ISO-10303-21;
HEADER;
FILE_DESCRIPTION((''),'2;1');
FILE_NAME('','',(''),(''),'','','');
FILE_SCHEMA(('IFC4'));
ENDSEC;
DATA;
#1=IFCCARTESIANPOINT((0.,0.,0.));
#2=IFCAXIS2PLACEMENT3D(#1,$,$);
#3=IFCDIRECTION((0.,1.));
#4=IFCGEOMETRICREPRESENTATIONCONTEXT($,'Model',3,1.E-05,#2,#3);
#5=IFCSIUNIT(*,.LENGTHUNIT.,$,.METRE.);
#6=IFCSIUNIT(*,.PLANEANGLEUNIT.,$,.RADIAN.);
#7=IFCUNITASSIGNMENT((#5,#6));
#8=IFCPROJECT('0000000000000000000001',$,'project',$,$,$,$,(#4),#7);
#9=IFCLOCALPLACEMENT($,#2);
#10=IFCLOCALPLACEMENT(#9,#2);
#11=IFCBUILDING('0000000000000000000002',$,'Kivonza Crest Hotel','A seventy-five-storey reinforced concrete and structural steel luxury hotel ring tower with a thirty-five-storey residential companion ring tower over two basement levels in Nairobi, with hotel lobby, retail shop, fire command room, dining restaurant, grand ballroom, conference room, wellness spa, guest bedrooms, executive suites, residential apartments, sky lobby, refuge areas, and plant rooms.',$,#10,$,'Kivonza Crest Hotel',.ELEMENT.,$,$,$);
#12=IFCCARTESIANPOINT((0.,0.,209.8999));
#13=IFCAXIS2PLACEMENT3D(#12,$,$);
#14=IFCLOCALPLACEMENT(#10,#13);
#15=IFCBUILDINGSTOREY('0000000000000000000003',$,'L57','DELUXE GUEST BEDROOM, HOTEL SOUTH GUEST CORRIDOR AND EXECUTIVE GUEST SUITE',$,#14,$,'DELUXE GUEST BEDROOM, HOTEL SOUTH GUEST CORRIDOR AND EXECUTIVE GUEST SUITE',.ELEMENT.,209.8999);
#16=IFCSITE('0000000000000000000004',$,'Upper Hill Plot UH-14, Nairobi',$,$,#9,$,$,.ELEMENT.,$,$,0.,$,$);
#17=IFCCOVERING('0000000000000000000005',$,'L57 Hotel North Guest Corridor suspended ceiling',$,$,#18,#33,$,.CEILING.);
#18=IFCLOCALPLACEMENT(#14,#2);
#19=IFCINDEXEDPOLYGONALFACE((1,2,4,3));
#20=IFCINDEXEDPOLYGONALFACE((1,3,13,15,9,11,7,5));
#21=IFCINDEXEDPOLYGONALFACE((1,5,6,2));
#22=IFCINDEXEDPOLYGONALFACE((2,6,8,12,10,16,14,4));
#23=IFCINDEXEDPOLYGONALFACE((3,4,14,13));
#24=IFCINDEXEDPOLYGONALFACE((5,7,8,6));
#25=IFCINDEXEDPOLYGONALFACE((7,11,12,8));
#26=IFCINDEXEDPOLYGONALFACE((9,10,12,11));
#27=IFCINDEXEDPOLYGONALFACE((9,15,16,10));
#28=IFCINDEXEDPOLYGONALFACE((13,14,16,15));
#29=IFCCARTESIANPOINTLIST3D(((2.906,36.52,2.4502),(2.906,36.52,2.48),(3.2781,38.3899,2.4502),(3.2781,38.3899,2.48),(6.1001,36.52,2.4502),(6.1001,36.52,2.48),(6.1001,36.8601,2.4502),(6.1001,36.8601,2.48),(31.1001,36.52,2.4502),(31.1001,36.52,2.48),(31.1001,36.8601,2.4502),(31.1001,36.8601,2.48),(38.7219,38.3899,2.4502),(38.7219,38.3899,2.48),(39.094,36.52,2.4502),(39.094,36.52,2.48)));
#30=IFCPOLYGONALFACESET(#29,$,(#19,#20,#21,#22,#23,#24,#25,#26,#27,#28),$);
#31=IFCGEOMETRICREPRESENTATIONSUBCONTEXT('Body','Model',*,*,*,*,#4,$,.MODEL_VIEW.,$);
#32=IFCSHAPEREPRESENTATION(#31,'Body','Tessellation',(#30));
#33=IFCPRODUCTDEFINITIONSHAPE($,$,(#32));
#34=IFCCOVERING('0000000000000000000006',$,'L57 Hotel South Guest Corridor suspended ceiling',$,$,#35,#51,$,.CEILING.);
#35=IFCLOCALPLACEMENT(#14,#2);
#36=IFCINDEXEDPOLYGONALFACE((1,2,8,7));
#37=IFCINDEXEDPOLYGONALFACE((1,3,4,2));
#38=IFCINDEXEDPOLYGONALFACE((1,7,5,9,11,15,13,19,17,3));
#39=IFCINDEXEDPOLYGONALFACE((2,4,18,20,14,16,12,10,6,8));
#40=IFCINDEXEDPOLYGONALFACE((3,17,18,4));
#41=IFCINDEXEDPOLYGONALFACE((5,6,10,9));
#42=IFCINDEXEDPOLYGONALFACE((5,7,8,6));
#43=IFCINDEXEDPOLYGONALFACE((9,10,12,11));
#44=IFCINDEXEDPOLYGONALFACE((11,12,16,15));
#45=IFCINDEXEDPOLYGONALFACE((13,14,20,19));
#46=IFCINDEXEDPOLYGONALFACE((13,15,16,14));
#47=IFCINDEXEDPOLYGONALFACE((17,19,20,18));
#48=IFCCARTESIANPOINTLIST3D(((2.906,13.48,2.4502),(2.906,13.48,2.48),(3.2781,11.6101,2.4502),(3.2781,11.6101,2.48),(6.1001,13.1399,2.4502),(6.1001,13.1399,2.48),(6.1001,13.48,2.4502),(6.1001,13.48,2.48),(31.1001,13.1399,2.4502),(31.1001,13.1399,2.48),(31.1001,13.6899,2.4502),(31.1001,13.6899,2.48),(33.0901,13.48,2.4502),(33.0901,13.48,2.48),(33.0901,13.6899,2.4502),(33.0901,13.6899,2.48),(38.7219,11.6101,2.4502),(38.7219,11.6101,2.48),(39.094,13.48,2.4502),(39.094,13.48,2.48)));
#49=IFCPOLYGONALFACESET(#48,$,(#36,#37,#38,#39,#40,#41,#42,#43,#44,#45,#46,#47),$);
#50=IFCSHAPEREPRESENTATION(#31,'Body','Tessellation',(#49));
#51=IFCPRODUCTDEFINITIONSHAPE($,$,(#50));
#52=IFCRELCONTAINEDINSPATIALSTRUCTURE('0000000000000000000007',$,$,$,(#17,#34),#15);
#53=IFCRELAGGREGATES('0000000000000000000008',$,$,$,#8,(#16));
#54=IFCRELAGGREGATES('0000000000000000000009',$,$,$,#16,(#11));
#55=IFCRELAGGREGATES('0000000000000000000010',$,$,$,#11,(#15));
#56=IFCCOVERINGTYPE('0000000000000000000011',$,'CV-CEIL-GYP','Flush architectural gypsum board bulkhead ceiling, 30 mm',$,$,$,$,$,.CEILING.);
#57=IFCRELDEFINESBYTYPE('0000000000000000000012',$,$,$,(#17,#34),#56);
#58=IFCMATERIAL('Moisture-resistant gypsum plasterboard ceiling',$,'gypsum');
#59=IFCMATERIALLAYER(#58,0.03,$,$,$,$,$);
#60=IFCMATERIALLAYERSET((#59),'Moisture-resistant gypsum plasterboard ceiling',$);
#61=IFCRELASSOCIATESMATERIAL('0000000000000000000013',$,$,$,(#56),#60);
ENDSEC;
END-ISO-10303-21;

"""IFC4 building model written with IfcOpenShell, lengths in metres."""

from ifc_helpers import new_model, si_unit, direction, frame, origin, place, context, subcontext, project, spatial, polyline, outline, extrude, material, layer, layer_set, type_object, element, save


model = new_model("IFC4")

# Units and contexts
model_context = context("Model", 3, precision=1e-05, world=origin(), true_north=direction((0.0, 1.0)))
body_context = subcontext(model_context, "Body", "Model", "MODEL_VIEW")
ifc_project = project(units=[si_unit("LENGTHUNIT", "METRE"), si_unit("PLANEANGLEUNIT", "RADIAN")], contexts=[model_context])

# Site, building, storey
site_placement = place(None, origin())
site = spatial("IfcSite", under=ifc_project, at=site_placement, Name="Upper Hill Plot UH-14, Nairobi", CompositionType="ELEMENT", RefElevation=0.0)
building_placement = place(site_placement, origin())
building = spatial("IfcBuilding", under=site, at=building_placement, Name="Kivonza Crest Hotel", Description="A seventy-five-storey reinforced concrete and structural steel luxury hotel ring tower with a thirty-five-storey residential companion ring tower over two basement levels in Nairobi, with hotel lobby, retail shop, fire command room, dining restaurant, grand ballroom, conference room, wellness spa, guest bedrooms, executive suites, residential apartments, sky lobby, refuge areas, and plant rooms.", LongName="Kivonza Crest Hotel", CompositionType="ELEMENT")
storey_placement = place(building_placement, frame((0.0, 0.0, 209.8999)))
storey = spatial("IfcBuildingStorey", under=building, at=storey_placement, Name="L57", Description="DELUXE GUEST BEDROOM, HOTEL SOUTH GUEST CORRIDOR AND EXECUTIVE GUEST SUITE", LongName="DELUXE GUEST BEDROOM, HOTEL SOUTH GUEST CORRIDOR AND EXECUTIVE GUEST SUITE", CompositionType="ELEMENT", Elevation=209.8999)

# Coverings
ifc_material_1 = material(Name="Moisture-resistant gypsum plasterboard ceiling", Category="gypsum")
ifc_layer_1 = layer(ifc_material_1, 0.03)
ifc_layer_set_1 = layer_set([ifc_layer_1], Name="Moisture-resistant gypsum plasterboard ceiling")
covering_type = type_object("IfcCoveringType", Name="CV-CEIL-GYP", Description="Flush architectural gypsum board bulkhead ceiling, 30 mm", PredefinedType="CEILING", material=ifc_layer_set_1)
covering_1_placement = place(storey_placement, frame((0.0, 0.0, 2.4502)))
element("IfcCovering", 1, at=covering_1_placement, inside=storey, type_object=covering_type, Name="L57 Hotel North Guest Corridor suspended ceiling", PredefinedType="CEILING", context=body_context, shape_type="SweptSolid", body=[
    extrude(outline(polyline([(3.2781, 38.3899), (2.906, 36.52), (6.1001, 36.52), (6.1001, 36.8601), (31.1001, 36.8601), (31.1001, 36.52), (39.094, 36.52), (38.7219, 38.3899), (3.2781, 38.3899)])), origin(), (0.0, 0.0, 1.0), 0.0298),
])
covering_2_placement = place(storey_placement, frame((0.0, 0.0, 2.4502)))
element("IfcCovering", 2, at=covering_2_placement, inside=storey, type_object=covering_type, Name="L57 Hotel South Guest Corridor suspended ceiling", PredefinedType="CEILING", context=body_context, shape_type="SweptSolid", body=[
    extrude(outline(polyline([(33.0901, 13.48), (33.0901, 13.6899), (31.1001, 13.6899), (31.1001, 13.1399), (6.1001, 13.1399), (6.1001, 13.48), (2.906, 13.48), (3.2781, 11.6101), (38.7219, 11.6101), (39.094, 13.48), (33.0901, 13.48)])), origin(), (0.0, 0.0, 1.0), 0.0298),
])

save(model, "model.ifc")
